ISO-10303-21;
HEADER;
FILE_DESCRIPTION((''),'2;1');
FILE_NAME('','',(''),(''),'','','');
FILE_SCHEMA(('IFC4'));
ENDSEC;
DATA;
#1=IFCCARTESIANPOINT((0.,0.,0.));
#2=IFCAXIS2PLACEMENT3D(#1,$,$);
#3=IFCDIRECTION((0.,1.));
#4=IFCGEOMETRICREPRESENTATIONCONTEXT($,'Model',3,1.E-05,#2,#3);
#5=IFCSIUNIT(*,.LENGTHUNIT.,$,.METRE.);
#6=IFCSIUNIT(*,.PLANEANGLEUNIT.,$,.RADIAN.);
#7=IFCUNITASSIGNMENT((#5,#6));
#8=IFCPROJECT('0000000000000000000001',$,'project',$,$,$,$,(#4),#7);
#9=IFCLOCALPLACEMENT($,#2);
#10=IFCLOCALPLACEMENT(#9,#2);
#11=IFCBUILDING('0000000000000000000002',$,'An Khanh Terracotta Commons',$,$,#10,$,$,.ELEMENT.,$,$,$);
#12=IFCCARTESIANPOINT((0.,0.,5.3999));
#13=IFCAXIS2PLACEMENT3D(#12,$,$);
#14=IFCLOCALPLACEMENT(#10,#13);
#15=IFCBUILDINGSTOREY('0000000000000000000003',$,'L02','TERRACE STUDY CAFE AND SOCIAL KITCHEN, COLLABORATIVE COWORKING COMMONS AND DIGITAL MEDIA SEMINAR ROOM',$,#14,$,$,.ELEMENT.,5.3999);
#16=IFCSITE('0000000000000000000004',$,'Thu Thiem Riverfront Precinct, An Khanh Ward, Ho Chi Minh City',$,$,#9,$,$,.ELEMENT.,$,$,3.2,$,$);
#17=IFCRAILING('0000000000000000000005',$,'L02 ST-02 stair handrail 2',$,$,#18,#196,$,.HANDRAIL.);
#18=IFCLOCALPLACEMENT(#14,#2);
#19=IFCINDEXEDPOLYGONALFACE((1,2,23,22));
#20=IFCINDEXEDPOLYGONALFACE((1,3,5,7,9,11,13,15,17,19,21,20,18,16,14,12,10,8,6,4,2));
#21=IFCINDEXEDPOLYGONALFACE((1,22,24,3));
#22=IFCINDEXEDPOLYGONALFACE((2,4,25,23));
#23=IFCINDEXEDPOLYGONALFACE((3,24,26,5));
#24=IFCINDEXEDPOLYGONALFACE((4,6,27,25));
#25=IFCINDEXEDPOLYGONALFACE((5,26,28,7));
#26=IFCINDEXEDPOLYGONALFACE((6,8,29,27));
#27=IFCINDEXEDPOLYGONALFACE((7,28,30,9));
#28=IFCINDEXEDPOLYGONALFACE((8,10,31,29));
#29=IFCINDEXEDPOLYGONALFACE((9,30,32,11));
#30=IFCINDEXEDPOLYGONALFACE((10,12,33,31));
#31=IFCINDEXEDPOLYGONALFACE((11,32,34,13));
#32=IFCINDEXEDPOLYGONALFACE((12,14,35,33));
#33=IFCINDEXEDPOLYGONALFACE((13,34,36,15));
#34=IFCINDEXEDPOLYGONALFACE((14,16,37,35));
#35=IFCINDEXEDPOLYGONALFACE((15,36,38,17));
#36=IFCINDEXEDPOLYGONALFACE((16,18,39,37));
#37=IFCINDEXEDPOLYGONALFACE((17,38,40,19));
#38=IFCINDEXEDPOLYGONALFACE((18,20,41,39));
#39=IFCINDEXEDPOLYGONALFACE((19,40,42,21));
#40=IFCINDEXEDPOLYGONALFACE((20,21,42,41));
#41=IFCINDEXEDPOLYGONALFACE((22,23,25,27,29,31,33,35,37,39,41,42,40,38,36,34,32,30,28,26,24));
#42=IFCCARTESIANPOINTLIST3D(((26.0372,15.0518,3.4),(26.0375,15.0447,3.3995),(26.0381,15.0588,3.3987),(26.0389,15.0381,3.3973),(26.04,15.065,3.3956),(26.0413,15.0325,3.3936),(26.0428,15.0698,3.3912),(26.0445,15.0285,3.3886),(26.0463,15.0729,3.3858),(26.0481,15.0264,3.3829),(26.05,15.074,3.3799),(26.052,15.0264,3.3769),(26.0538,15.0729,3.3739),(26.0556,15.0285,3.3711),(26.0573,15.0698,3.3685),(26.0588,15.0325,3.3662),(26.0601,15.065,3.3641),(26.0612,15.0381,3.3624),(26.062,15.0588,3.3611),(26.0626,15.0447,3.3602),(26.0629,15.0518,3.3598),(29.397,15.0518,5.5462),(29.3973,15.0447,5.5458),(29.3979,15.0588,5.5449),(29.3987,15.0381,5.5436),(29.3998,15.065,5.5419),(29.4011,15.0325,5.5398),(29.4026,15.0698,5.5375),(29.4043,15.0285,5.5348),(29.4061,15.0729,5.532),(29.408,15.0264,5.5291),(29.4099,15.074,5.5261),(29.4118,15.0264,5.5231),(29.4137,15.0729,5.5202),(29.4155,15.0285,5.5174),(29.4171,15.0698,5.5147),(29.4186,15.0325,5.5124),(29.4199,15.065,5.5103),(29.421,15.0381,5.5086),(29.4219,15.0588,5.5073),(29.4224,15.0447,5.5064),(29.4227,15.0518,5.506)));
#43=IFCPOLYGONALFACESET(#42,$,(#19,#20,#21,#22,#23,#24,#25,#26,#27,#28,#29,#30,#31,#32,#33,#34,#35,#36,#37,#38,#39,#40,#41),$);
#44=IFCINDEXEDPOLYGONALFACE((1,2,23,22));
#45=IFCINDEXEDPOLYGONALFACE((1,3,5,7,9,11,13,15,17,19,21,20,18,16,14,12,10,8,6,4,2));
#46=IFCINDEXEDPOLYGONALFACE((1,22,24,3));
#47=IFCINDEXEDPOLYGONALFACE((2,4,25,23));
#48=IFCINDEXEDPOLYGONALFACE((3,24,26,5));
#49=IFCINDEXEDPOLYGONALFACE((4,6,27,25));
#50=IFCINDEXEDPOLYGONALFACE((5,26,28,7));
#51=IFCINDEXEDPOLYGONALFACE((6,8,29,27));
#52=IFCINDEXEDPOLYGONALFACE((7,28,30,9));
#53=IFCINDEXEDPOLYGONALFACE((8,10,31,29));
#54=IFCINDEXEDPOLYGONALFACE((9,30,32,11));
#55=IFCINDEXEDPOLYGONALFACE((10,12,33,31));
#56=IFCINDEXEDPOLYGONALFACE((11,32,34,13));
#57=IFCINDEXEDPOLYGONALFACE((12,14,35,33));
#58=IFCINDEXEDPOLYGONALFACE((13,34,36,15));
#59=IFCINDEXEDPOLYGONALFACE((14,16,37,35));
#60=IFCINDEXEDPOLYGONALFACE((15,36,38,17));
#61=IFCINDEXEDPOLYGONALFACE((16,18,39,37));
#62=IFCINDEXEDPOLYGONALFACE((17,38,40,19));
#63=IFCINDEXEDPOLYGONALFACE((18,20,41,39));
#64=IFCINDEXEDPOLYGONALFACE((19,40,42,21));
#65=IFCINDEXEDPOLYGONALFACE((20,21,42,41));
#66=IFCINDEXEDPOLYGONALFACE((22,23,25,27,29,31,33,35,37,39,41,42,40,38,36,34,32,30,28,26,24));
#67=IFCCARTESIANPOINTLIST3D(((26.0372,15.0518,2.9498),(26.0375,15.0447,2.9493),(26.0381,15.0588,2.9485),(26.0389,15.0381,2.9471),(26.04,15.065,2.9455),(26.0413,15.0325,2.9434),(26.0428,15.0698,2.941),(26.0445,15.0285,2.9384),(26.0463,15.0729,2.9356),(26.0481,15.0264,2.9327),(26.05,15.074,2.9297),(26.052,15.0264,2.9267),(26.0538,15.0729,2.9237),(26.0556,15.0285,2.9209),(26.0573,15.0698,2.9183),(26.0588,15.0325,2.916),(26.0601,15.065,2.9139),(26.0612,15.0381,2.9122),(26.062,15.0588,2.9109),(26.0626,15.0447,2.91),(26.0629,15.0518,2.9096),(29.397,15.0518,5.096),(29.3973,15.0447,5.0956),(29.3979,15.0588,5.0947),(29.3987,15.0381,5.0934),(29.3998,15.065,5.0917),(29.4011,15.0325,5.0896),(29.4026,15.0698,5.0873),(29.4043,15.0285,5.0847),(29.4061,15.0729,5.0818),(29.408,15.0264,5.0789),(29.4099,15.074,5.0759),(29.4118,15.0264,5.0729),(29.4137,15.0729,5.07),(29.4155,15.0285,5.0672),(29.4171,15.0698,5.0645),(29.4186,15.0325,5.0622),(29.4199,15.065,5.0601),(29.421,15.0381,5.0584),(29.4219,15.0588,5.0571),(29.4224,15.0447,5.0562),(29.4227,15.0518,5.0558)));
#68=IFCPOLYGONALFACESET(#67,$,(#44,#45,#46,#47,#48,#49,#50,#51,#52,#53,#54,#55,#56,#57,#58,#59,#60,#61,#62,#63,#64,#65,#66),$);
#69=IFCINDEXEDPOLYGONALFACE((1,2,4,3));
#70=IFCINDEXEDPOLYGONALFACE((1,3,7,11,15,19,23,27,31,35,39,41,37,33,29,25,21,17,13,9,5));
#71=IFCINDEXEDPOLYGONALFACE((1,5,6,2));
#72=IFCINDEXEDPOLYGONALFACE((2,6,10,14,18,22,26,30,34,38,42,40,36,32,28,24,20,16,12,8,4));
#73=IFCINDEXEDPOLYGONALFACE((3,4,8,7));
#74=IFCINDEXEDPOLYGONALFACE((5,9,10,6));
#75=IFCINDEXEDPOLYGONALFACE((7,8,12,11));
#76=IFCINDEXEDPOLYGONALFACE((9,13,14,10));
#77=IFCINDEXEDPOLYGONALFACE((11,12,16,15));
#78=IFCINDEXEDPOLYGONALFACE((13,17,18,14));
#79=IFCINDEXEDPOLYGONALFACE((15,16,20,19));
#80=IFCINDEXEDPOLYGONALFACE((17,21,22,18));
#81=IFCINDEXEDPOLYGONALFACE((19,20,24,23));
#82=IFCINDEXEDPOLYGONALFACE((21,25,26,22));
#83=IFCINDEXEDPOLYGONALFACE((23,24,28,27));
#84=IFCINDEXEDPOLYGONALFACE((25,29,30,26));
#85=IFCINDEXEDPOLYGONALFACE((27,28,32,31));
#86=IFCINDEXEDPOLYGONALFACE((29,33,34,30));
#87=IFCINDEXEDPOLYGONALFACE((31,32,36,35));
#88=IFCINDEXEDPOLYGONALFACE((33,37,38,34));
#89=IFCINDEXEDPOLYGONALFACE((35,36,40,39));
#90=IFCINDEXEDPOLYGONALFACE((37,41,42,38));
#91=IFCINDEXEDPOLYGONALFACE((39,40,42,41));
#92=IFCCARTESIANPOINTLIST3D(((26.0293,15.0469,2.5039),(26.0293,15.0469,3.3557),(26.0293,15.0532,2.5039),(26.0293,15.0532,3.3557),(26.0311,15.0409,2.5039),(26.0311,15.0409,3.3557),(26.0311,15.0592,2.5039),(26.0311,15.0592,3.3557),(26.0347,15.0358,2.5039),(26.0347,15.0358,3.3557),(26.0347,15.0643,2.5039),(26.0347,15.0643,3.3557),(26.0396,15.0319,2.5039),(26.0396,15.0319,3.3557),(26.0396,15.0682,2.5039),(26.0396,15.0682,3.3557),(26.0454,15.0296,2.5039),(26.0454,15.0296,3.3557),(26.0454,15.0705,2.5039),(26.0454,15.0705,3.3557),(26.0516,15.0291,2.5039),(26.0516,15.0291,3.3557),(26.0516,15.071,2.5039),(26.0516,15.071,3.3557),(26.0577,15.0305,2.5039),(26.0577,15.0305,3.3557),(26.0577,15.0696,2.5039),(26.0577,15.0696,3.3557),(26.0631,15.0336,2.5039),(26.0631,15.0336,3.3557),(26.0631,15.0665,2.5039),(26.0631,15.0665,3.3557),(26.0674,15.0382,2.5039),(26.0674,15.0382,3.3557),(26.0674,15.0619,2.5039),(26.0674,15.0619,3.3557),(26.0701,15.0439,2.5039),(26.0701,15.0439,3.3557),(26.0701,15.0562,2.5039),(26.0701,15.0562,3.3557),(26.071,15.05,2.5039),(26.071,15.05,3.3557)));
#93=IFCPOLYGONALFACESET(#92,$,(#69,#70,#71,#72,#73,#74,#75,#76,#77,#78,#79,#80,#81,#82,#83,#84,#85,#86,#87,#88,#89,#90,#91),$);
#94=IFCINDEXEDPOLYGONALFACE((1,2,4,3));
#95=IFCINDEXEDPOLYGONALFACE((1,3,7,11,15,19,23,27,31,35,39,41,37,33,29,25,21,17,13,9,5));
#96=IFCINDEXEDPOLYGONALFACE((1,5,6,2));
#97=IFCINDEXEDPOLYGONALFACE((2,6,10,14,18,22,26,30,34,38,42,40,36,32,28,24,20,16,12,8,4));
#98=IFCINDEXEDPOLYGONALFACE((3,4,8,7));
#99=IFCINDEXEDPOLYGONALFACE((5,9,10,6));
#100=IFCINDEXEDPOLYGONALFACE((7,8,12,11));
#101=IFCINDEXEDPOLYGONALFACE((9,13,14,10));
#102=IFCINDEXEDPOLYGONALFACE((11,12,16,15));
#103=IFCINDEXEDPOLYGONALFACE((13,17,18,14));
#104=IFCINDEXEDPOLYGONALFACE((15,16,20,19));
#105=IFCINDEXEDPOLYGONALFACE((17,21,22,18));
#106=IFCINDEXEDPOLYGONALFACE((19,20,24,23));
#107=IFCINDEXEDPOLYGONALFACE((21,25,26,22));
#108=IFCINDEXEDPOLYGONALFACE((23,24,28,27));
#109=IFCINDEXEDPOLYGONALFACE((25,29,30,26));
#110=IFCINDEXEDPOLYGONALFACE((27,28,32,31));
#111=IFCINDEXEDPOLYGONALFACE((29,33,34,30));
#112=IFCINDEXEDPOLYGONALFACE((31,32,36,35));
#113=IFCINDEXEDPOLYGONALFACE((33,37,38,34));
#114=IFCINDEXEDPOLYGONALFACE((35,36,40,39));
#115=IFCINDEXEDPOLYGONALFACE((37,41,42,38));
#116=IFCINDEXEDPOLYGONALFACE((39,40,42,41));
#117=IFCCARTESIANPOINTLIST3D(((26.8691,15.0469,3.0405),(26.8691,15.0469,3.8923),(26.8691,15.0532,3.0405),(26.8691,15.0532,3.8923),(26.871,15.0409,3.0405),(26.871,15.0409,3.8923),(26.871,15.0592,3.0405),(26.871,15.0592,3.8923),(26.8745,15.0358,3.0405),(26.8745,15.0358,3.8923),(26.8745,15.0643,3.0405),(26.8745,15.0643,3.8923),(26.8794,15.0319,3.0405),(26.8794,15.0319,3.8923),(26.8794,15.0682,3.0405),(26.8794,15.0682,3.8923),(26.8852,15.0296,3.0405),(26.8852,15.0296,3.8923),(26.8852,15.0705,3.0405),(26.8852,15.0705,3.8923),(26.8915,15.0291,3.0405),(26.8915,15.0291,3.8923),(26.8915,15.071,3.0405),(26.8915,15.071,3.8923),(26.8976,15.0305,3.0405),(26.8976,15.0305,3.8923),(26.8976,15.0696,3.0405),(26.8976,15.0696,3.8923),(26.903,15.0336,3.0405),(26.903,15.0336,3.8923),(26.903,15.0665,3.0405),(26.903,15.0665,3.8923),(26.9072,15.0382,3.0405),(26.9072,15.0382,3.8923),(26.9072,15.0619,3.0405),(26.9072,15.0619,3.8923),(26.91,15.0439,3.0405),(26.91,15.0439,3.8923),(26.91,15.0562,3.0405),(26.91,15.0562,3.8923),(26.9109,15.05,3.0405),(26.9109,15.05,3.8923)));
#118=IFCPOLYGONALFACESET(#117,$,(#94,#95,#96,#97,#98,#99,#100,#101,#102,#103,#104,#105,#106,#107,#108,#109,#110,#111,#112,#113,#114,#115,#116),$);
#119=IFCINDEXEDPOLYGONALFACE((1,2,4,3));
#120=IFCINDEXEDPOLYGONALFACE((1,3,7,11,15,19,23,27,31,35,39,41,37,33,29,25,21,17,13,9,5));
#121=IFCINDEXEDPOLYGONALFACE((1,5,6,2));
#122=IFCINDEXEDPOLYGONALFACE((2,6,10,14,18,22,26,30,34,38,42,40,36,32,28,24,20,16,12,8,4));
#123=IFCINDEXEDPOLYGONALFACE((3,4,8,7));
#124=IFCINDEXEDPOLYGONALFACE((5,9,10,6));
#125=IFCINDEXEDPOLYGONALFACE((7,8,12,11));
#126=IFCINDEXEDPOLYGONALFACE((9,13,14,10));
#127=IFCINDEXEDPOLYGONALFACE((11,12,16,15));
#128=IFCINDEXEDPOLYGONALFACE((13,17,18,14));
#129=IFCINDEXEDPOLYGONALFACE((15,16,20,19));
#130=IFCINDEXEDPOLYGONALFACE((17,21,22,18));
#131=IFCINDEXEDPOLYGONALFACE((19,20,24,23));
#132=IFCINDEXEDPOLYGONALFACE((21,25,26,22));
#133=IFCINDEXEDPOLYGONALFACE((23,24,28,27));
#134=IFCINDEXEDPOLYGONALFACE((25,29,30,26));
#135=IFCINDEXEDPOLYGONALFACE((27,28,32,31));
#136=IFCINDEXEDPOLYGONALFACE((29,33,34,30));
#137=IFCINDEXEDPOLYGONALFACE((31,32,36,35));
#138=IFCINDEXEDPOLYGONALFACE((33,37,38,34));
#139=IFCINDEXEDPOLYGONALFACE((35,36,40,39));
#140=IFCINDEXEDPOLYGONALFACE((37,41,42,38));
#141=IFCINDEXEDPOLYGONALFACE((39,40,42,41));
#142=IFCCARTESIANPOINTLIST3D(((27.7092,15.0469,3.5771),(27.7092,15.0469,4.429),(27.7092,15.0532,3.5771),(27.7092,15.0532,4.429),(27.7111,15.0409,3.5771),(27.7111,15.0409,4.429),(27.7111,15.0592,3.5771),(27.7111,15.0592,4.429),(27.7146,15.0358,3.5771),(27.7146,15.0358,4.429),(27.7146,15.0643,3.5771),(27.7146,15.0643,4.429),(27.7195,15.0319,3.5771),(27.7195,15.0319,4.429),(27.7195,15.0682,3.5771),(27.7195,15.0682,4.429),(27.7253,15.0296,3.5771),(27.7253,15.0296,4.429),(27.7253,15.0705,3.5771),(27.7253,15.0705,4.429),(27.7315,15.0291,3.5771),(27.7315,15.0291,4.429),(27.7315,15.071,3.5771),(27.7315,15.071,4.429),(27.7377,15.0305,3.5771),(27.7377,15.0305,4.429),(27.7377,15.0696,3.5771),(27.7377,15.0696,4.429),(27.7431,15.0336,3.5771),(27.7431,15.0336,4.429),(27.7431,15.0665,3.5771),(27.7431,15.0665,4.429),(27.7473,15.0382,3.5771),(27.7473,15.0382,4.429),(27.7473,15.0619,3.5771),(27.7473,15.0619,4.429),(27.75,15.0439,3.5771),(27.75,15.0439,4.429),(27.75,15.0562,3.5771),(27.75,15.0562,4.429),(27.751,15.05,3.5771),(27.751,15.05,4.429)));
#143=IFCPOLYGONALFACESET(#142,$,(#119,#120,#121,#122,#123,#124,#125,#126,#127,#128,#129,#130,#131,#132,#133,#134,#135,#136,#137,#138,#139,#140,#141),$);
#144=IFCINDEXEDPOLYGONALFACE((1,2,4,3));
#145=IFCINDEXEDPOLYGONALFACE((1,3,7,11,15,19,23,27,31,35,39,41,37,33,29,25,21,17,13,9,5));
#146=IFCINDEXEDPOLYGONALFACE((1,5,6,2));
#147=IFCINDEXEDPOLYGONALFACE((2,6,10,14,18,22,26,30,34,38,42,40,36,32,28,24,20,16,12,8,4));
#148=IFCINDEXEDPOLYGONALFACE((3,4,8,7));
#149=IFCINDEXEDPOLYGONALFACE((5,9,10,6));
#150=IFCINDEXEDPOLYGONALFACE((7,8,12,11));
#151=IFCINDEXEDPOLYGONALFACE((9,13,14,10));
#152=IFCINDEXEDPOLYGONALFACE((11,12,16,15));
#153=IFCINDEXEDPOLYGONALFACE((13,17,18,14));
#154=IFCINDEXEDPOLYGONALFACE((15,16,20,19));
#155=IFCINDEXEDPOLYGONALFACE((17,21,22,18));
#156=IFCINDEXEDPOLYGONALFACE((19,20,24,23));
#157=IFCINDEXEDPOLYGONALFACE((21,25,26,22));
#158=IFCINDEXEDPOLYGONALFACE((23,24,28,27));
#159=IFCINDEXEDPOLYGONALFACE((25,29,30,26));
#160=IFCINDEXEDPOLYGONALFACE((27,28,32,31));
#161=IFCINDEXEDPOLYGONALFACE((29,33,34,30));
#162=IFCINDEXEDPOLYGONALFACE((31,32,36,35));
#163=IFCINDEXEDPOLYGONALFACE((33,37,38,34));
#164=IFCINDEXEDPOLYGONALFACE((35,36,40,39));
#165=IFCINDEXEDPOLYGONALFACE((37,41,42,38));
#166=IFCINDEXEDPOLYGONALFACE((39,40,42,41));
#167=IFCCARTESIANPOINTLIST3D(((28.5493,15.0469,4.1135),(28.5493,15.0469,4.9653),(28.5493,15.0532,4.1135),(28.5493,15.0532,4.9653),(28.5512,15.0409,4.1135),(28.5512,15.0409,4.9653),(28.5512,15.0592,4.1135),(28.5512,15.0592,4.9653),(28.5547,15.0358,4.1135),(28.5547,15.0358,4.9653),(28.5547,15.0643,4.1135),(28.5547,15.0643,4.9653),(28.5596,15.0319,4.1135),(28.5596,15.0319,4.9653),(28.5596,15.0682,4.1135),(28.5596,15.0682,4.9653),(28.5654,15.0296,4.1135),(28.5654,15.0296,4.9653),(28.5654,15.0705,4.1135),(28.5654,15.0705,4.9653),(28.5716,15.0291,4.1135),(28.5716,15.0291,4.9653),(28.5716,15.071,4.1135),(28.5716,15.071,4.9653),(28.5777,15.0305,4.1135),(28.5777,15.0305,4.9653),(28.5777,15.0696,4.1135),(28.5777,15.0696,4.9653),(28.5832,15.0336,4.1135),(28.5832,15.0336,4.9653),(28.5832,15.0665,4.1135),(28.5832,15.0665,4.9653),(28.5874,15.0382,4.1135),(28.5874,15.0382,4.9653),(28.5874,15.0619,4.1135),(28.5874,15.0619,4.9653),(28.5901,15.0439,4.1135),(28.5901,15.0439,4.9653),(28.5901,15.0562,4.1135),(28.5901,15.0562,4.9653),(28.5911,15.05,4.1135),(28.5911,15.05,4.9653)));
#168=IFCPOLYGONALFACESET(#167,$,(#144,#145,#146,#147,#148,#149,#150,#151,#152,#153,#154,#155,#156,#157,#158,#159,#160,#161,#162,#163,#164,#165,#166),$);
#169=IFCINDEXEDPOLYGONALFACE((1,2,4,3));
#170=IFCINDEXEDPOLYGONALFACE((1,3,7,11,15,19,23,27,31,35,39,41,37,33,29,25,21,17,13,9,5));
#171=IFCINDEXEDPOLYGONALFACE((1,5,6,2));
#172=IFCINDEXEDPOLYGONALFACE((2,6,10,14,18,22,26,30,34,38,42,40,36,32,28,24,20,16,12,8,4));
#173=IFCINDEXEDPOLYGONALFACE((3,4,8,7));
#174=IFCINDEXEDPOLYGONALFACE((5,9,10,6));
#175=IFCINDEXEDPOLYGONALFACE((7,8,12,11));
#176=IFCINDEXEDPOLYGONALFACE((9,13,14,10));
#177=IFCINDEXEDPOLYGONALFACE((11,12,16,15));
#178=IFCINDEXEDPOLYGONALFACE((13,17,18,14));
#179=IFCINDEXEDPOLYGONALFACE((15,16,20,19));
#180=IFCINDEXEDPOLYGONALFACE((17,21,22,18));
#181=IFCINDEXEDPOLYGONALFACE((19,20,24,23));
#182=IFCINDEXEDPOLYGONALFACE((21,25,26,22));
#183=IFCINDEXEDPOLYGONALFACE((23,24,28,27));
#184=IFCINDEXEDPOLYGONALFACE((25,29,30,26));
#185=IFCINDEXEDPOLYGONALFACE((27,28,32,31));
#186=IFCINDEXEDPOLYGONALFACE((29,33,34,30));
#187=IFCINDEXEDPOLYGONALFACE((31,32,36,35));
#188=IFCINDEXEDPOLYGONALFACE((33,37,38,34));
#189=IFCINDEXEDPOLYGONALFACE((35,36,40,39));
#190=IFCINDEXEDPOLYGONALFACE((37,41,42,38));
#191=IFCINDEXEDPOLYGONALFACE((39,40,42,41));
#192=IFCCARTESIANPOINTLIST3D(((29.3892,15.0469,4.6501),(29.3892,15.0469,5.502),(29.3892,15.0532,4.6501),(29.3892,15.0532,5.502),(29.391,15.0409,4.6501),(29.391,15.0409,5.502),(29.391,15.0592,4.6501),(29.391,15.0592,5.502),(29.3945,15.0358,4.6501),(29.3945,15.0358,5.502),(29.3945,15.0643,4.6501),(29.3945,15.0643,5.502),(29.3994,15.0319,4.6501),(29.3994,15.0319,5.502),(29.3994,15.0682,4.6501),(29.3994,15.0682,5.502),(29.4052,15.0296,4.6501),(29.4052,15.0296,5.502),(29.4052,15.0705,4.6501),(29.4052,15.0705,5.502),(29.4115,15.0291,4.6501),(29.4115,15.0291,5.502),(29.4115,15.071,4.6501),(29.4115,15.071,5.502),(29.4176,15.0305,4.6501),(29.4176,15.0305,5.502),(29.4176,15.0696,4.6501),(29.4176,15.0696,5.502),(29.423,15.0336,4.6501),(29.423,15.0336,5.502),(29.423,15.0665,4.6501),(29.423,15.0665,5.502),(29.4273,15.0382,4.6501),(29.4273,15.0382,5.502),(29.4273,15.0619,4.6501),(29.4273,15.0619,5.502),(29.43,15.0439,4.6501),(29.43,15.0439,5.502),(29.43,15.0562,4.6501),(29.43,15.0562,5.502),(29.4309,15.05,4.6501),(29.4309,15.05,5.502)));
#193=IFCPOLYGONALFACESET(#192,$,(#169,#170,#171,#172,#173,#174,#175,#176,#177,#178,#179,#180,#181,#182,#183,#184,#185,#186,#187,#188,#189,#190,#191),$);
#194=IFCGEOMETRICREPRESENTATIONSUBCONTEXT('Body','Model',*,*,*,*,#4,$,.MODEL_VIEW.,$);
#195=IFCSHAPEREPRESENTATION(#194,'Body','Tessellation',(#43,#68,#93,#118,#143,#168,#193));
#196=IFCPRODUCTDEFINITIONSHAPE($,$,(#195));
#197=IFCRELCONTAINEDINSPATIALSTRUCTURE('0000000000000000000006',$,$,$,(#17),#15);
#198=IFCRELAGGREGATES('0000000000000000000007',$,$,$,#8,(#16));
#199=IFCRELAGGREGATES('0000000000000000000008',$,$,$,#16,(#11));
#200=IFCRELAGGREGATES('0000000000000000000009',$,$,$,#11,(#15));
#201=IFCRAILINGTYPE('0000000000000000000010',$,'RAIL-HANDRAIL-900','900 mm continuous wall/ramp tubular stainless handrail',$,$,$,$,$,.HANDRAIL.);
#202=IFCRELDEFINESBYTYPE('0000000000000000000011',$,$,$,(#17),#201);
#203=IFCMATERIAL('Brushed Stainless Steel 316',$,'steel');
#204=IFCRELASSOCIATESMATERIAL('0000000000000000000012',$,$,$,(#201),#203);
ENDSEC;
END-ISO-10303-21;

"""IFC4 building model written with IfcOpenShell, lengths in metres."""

from ifc_helpers import new_model, si_unit, direction, frame, origin, origin_2d, place, context, subcontext, project, spatial, circle, extrude, material, type_object, element, save


model = new_model("IFC4")

# Units and contexts
model_context = context("Model", 3, precision=1e-05, world=origin(), true_north=direction((0.0, 1.0)))
body_context = subcontext(model_context, "Body", "Model", "MODEL_VIEW")
ifc_project = project(units=[si_unit("LENGTHUNIT", "METRE"), si_unit("PLANEANGLEUNIT", "RADIAN")], contexts=[model_context])

# Site, building, storey
site_placement = place(None, origin())
site = spatial("IfcSite", under=ifc_project, at=site_placement, Name="Thu Thiem Riverfront Precinct, An Khanh Ward, Ho Chi Minh City", CompositionType="ELEMENT", RefElevation=3.2)
building_placement = place(site_placement, origin())
building = spatial("IfcBuilding", under=site, at=building_placement, Name="An Khanh Terracotta Commons", CompositionType="ELEMENT")
storey_placement = place(building_placement, frame((0.0, 0.0, 5.3999)))
storey = spatial("IfcBuildingStorey", under=building, at=storey_placement, Name="L02", Description="TERRACE STUDY CAFE AND SOCIAL KITCHEN, COLLABORATIVE COWORKING COMMONS AND DIGITAL MEDIA SEMINAR ROOM", CompositionType="ELEMENT", Elevation=5.3999)

# Railing
ifc_material_1 = material(Name="Brushed Stainless Steel 316", Category="steel")
railing_type_1 = type_object("IfcRailingType", Name="RAIL-HANDRAIL-900", Description="900 mm continuous wall/ramp tubular stainless handrail", PredefinedType="HANDRAIL", material=ifc_material_1)
railing_1_placement = place(storey_placement, frame((26.05, 15.05, 2.5039)))
element("IfcRailing", 1, at=railing_1_placement, inside=storey, type_object=railing_type_1, Name="L02 ST-02 stair handrail 2", PredefinedType="HANDRAIL", context=body_context, shape_type="SweptSolid", body=[
    extrude(circle(Radius=0.0239, at=origin_2d()), frame((0.0, 0.0, 0.876), z_axis=(0.842735, 0.0, 0.538329), x_axis=(0.0, 1.0, 0.0)), (0.0, 0.0, 1.0), 3.9868),
    extrude(circle(Radius=0.0239, at=origin_2d()), frame((0.0, 0.0, 0.4258), z_axis=(0.842735, 0.0, 0.538329), x_axis=(0.0, 1.0, 0.0)), (0.0, 0.0, 1.0), 3.9868),
    extrude(circle(Radius=0.021, at=origin_2d()), origin(), (0.0, 0.0, 1.0), 0.8518),
    extrude(circle(Radius=0.021, at=origin_2d()), frame((0.8398, 0.0, 0.5366)), (0.0, 0.0, 1.0), 0.8518),
    extrude(circle(Radius=0.021, at=origin_2d()), frame((1.6799, 0.0, 1.0732)), (0.0, 0.0, 1.0), 0.8518),
    extrude(circle(Radius=0.021, at=origin_2d()), frame((2.52, 0.0, 1.6096)), (0.0, 0.0, 1.0), 0.8518),
    extrude(circle(Radius=0.021, at=origin_2d()), frame((3.3599, 0.0, 2.1462)), (0.0, 0.0, 1.0), 0.8518),
])

save(model, "model.ifc")
